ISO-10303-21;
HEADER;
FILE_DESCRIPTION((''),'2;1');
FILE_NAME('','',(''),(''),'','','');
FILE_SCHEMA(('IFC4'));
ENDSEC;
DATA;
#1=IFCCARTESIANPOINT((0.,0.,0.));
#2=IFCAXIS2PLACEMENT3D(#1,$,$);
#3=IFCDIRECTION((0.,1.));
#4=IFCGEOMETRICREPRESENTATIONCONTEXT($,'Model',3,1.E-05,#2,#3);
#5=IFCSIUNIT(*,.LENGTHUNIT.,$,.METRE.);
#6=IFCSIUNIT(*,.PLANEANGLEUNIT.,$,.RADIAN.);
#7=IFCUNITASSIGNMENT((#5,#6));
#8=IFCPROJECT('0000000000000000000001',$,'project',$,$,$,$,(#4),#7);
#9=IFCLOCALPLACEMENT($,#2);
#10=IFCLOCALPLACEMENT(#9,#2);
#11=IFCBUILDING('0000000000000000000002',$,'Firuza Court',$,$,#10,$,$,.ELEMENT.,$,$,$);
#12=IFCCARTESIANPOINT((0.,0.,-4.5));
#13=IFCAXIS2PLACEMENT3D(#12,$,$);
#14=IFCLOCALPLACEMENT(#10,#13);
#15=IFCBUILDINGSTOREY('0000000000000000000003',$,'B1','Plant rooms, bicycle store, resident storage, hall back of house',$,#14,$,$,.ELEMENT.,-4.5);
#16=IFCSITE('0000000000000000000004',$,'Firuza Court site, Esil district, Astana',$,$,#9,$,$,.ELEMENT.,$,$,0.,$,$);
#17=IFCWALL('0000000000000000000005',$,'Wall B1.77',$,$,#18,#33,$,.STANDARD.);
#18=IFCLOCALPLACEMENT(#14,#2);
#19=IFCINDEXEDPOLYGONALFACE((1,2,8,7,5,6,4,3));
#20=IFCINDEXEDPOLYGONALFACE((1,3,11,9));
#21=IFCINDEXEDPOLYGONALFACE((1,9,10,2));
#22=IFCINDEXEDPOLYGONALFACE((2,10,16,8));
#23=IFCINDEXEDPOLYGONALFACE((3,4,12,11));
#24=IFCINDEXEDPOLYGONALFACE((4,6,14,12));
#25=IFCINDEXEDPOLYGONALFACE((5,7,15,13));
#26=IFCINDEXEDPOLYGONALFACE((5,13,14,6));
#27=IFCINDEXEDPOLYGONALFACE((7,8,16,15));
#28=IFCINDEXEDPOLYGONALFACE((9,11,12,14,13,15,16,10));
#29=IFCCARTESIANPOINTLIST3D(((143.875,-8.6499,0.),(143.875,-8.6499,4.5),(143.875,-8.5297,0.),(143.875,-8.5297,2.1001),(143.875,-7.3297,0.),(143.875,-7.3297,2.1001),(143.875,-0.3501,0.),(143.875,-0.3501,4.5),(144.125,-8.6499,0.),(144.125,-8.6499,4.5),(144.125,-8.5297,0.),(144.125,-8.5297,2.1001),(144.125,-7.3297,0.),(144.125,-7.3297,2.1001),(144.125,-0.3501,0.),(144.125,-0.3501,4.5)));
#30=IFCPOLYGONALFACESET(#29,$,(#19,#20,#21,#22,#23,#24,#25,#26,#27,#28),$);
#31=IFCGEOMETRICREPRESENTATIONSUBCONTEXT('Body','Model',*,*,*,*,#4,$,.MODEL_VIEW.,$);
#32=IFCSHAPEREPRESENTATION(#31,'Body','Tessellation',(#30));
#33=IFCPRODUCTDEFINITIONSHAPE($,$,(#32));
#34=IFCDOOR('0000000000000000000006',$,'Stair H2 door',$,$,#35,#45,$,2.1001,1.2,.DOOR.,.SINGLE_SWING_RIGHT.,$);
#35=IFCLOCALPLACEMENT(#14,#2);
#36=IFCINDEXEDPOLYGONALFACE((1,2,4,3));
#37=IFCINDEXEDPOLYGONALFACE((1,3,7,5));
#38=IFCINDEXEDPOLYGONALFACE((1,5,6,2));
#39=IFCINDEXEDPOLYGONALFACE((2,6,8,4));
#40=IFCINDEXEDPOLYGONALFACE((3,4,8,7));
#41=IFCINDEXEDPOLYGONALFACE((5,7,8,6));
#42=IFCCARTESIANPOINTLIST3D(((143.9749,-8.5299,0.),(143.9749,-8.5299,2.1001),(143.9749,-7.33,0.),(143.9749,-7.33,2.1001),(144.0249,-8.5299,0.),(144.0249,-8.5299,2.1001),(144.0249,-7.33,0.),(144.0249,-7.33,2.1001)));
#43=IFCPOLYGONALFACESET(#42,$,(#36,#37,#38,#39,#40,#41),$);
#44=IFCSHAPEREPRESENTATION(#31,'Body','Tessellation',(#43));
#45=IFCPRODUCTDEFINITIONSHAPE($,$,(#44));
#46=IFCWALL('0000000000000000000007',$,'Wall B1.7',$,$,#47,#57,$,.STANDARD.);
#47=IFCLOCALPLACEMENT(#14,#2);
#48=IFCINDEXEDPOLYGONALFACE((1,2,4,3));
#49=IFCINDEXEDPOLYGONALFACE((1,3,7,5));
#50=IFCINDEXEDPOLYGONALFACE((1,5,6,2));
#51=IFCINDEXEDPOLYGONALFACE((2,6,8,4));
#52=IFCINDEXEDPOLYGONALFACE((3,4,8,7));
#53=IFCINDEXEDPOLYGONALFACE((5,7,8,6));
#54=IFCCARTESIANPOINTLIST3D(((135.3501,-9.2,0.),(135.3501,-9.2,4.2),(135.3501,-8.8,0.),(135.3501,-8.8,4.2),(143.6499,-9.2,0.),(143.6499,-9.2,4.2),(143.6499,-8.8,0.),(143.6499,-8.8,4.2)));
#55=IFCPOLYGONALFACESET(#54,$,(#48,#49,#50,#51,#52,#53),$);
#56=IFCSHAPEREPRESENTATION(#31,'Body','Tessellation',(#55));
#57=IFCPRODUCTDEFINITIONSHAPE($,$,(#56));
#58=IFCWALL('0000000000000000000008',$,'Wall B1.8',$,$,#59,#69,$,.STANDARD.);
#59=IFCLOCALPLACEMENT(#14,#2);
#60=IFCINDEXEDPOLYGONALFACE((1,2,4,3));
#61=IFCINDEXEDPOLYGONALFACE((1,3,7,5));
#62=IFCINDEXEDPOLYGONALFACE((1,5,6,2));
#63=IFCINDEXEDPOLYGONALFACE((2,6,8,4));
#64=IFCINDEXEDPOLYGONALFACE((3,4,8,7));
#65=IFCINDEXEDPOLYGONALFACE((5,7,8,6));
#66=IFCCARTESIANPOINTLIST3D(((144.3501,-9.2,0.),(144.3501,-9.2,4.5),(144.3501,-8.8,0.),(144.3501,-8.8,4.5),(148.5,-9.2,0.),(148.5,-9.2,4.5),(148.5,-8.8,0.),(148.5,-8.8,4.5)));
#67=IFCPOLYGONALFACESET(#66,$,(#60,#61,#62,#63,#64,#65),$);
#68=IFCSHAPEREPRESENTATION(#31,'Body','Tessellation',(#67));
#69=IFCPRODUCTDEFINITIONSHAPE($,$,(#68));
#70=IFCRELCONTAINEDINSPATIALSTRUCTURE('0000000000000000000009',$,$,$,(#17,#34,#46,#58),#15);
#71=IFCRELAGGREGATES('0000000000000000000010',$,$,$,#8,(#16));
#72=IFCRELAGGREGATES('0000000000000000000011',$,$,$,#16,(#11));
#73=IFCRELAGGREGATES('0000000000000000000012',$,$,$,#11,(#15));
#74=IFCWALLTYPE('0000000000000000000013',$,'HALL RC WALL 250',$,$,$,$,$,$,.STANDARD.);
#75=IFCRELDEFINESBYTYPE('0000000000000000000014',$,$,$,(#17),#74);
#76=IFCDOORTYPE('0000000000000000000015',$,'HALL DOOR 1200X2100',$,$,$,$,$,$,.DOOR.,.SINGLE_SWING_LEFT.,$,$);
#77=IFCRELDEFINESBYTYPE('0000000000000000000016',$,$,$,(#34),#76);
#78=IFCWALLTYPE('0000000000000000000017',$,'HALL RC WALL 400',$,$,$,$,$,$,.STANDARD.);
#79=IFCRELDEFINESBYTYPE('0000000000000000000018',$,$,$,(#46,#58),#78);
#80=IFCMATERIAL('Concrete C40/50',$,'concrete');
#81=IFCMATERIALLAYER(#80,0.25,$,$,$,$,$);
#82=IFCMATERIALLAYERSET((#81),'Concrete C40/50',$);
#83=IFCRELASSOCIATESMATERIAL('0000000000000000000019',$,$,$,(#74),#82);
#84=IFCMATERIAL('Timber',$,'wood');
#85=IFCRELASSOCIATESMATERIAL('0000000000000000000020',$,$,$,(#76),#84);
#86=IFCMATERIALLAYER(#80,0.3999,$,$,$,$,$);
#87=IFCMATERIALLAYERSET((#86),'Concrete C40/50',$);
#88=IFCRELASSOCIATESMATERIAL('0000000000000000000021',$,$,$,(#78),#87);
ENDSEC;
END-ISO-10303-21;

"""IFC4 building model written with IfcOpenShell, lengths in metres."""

from ifc_helpers import new_model, si_unit, direction, frame, frame_2d, origin, place, context, subcontext, project, spatial, rectangle, extrude, material, layer, layer_set, type_object, element, fill, save


model = new_model("IFC4")

# Units and contexts
model_context = context("Model", 3, precision=1e-05, world=origin(), true_north=direction((0.0, 1.0)))
body_context = subcontext(model_context, "Body", "Model", "MODEL_VIEW")
ifc_project = project(units=[si_unit("LENGTHUNIT", "METRE"), si_unit("PLANEANGLEUNIT", "RADIAN")], contexts=[model_context])

# Site, building, storey
site_placement = place(None, origin())
site = spatial("IfcSite", under=ifc_project, at=site_placement, Name="Firuza Court site, Esil district, Astana", CompositionType="ELEMENT", RefElevation=0.0)
building_placement = place(site_placement, origin())
building = spatial("IfcBuilding", under=site, at=building_placement, Name="Firuza Court", CompositionType="ELEMENT")
storey_placement = place(building_placement, frame((0.0, 0.0, -4.5)))
storey = spatial("IfcBuildingStorey", under=building, at=storey_placement, Name="B1", Description="Plant rooms, bicycle store, resident storage, hall back of house", CompositionType="ELEMENT", Elevation=-4.5)

# Shared definitions
ifc_material_1 = material(Name="Concrete C40/50", Category="concrete")

# Shared definitions
ifc_layer_1 = layer(ifc_material_1, 0.25)
ifc_layer_set_1 = layer_set([ifc_layer_1], Name="Concrete C40/50")
wall_type_1 = type_object("IfcWallType", Name="HALL RC WALL 250", PredefinedType="STANDARD", material=ifc_layer_set_1)

# Wall, opening, door
wall_1_placement = place(storey_placement, frame((144.0, -8.6499, 0.0), z_axis=(0.0, 0.0, 1.0), x_axis=(0.0, 1.0, 0.0)))
wall_1 = element("IfcWall", 1, at=wall_1_placement, inside=storey, type_object=wall_type_1, Name="Wall B1.77", PredefinedType="STANDARD", context=body_context, shape_type="SweptSolid", body=[
    extrude(rectangle(XDim=8.2998, YDim=0.25, at=frame_2d((4.1499, 0.0))), origin(), (0.0, 0.0, 1.0), 4.5),
])
opening_placement = place(wall_1_placement, frame((0.1201, 0.0, 0.0)))
opening = element("IfcOpeningElement", 2, at=opening_placement, cuts=wall_1, PredefinedType="OPENING", context=body_context, shape_type="SweptSolid", body=[
    extrude(rectangle(XDim=1.2, YDim=2.1001, at=frame_2d((0.6001, 1.05))), frame((0.0, 0.137, 0.0), z_axis=(0.0, -1.0, 0.0), x_axis=(1.0, 0.0, 0.0)), (0.0, 0.0, 1.0), 0.2739),
])
ifc_material_2 = material(Name="Timber", Category="wood")
door_type = type_object("IfcDoorType", Name="HALL DOOR 1200X2100", OperationType="SINGLE_SWING_LEFT", PredefinedType="DOOR", material=ifc_material_2)
door_placement = place(opening_placement, frame((1.2, 0.0, 0.0), z_axis=(0.0, 0.0, 1.0), x_axis=(-1.0, 0.0, 0.0)))
door = element("IfcDoor", 3, at=door_placement, inside=storey, type_object=door_type, Name="Stair H2 door", OperationType="SINGLE_SWING_RIGHT", OverallHeight=2.1001, OverallWidth=1.2, PredefinedType="DOOR", context=body_context, shape_type="SweptSolid", body=[
    extrude(rectangle(XDim=1.2, YDim=2.1001, at=frame_2d((0.6001, 1.05))), frame((0.0, 0.0249, 0.0), z_axis=(0.0, -1.0, 0.0), x_axis=(1.0, 0.0, 0.0)), (0.0, 0.0, 1.0), 0.05),
])
fill(opening, door)

# Walls
ifc_layer_2 = layer(ifc_material_1, 0.3999)
ifc_layer_set_2 = layer_set([ifc_layer_2], Name="Concrete C40/50")
wall_type_2 = type_object("IfcWallType", Name="HALL RC WALL 400", PredefinedType="STANDARD", material=ifc_layer_set_2)
wall_2_placement = place(storey_placement, frame((135.3501, -9.0, 0.0), z_axis=(0.0, 0.0, 1.0), x_axis=(1.0, 0.0, 0.0)))
element("IfcWall", 4, at=wall_2_placement, inside=storey, type_object=wall_type_2, Name="Wall B1.7", PredefinedType="STANDARD", context=body_context, shape_type="SweptSolid", body=[
    extrude(rectangle(XDim=8.2998, YDim=0.3999, at=frame_2d((4.1499, 0.0))), origin(), (0.0, 0.0, 1.0), 4.2),
])
wall_3_placement = place(storey_placement, frame((144.3501, -9.0, 0.0), z_axis=(0.0, 0.0, 1.0), x_axis=(1.0, 0.0, 0.0)))
element("IfcWall", 5, at=wall_3_placement, inside=storey, type_object=wall_type_2, Name="Wall B1.8", PredefinedType="STANDARD", context=body_context, shape_type="SweptSolid", body=[
    extrude(rectangle(XDim=4.1499, YDim=0.3999, at=frame_2d((2.075, 0.0))), origin(), (0.0, 0.0, 1.0), 4.5),
])

save(model, "model.ifc")
